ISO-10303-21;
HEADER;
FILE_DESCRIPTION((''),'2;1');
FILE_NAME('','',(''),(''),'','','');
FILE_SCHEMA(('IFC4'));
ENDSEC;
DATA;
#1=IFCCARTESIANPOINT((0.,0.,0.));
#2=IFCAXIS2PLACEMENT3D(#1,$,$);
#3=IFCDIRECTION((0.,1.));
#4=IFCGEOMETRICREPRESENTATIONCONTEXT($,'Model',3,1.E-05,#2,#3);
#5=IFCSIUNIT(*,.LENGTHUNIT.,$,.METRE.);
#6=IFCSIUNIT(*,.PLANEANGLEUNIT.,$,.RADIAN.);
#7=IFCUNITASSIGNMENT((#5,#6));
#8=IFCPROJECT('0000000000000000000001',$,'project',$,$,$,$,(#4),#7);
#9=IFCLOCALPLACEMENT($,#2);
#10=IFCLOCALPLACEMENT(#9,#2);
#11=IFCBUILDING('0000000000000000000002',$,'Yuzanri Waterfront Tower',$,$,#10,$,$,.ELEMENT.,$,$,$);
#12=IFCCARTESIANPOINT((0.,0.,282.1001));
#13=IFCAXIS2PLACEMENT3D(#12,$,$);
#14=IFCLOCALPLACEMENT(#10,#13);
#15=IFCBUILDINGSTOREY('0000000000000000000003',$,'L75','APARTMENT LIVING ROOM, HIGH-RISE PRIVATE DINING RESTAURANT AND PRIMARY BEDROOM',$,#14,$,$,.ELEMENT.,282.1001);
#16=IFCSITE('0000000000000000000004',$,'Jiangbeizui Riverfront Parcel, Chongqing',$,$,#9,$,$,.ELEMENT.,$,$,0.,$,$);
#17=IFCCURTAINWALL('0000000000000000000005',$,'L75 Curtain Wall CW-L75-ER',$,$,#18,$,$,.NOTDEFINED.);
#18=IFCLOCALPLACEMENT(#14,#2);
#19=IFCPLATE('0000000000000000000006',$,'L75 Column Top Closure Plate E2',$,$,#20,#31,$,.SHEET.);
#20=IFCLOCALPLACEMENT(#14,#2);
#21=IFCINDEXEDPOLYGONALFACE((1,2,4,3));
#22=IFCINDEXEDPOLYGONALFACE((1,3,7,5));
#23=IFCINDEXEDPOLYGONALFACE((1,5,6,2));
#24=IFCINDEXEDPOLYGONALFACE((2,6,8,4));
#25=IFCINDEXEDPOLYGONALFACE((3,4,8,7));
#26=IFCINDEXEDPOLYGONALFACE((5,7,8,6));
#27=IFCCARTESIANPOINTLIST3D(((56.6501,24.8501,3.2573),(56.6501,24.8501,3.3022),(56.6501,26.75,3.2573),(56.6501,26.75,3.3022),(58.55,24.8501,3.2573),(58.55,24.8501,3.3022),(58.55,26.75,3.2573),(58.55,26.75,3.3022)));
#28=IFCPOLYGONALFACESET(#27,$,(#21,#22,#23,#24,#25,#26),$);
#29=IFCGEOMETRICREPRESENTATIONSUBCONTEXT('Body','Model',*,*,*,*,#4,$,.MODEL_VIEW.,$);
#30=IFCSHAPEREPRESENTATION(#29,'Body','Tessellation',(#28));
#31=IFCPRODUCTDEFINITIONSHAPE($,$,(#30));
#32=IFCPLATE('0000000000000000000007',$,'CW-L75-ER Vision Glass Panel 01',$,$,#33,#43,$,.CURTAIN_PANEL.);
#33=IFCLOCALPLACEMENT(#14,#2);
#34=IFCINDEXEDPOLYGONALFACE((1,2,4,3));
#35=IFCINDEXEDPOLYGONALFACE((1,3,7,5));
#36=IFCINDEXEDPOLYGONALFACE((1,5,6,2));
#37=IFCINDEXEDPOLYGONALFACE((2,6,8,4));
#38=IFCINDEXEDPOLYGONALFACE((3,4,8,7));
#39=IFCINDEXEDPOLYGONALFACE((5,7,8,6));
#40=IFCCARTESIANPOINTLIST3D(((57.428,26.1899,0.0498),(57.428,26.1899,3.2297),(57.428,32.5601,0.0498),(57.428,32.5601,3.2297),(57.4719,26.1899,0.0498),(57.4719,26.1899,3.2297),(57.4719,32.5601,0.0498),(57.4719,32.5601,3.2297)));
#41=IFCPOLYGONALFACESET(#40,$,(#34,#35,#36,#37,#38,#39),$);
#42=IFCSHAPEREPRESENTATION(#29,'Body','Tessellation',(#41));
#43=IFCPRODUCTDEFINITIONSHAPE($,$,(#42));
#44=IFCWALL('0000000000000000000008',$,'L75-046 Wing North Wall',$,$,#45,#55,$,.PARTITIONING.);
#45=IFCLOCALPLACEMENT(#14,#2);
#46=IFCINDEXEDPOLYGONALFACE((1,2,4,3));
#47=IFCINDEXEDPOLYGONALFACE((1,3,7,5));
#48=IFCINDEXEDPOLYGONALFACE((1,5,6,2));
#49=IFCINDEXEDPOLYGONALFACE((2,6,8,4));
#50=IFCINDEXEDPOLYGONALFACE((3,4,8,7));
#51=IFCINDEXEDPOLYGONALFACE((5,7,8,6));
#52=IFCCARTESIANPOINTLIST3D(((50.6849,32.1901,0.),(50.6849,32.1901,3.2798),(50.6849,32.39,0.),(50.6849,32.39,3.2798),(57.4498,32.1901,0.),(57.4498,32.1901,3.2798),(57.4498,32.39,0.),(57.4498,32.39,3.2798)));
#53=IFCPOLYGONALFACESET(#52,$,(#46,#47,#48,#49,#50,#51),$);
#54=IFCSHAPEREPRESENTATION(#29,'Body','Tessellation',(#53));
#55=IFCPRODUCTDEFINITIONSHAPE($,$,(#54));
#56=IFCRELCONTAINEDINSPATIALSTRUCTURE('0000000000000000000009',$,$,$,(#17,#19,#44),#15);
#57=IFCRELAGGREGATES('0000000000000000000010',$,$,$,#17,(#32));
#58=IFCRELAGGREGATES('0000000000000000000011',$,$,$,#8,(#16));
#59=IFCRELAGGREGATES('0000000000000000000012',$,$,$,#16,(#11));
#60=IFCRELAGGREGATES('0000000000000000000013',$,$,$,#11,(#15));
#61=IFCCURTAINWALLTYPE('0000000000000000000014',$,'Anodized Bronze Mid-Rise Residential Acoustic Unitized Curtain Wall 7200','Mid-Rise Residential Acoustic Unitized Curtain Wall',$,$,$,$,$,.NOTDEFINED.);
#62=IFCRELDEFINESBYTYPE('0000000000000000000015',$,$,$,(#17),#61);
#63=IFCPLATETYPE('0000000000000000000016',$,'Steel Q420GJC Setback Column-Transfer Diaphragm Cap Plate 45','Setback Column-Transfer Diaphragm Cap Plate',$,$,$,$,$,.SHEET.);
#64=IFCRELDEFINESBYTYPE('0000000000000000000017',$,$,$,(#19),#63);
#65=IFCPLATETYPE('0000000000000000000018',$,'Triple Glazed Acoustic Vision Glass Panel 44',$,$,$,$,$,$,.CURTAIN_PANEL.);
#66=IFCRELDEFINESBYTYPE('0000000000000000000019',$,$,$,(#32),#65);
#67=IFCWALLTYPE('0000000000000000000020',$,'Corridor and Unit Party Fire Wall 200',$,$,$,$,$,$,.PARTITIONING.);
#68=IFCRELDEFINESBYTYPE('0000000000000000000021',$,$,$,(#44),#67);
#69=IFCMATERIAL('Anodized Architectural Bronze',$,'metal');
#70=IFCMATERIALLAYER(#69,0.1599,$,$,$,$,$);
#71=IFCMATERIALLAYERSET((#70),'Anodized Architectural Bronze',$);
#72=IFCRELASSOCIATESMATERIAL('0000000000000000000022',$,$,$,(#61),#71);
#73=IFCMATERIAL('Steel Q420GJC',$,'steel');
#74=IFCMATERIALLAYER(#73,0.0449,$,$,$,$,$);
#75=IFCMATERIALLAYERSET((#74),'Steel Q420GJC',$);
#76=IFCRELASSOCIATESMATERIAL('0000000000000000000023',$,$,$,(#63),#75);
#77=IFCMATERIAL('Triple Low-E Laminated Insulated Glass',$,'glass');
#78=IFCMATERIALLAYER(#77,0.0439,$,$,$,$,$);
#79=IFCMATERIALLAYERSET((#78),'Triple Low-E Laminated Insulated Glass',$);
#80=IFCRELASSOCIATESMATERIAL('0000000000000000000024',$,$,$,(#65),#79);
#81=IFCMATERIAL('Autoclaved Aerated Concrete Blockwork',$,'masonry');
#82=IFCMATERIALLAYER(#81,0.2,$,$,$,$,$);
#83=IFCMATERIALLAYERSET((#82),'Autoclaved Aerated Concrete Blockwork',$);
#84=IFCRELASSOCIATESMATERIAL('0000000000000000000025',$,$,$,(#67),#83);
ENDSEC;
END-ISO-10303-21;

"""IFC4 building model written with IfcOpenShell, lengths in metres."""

from ifc_helpers import new_model, si_unit, direction, frame, frame_2d, origin, origin_2d, place, context, subcontext, project, spatial, rectangle, extrude, source, transform, mapped, material, layer, layer_set, type_object, element, aggregate, save


model = new_model("IFC4")

# Units and contexts
model_context = context("Model", 3, precision=1e-05, world=origin(), true_north=direction((0.0, 1.0)))
body_context = subcontext(model_context, "Body", "Model", "MODEL_VIEW")
ifc_project = project(units=[si_unit("LENGTHUNIT", "METRE"), si_unit("PLANEANGLEUNIT", "RADIAN")], contexts=[model_context])

# Site, building, storey
site_placement = place(None, origin())
site = spatial("IfcSite", under=ifc_project, at=site_placement, Name="Jiangbeizui Riverfront Parcel, Chongqing", CompositionType="ELEMENT", RefElevation=0.0)
building_placement = place(site_placement, origin())
building = spatial("IfcBuilding", under=site, at=building_placement, Name="Yuzanri Waterfront Tower", CompositionType="ELEMENT")
storey_placement = place(building_placement, frame((0.0, 0.0, 282.1001)))
storey = spatial("IfcBuildingStorey", under=building, at=storey_placement, Name="L75", Description="APARTMENT LIVING ROOM, HIGH-RISE PRIVATE DINING RESTAURANT AND PRIMARY BEDROOM", CompositionType="ELEMENT", Elevation=282.1001)

# Curtain wall
ifc_material_1 = material(Name="Anodized Architectural Bronze", Category="metal")
ifc_layer_1 = layer(ifc_material_1, 0.1599)
ifc_layer_set_1 = layer_set([ifc_layer_1], Name="Anodized Architectural Bronze")
curtain_wall_type = type_object("IfcCurtainWallType", Name="Anodized Bronze Mid-Rise Residential Acoustic Unitized Curtain Wall 7200", Description="Mid-Rise Residential Acoustic Unitized Curtain Wall", PredefinedType="NOTDEFINED", material=ifc_layer_set_1)
curtain_wall_1_placement = place(storey_placement, origin())
curtain_wall_1 = element("IfcCurtainWall", 1, at=curtain_wall_1_placement, inside=storey, type_object=curtain_wall_type, Name="L75 Curtain Wall CW-L75-ER", PredefinedType="NOTDEFINED")

# Plates
ifc_material_2 = material(Name="Steel Q420GJC", Category="steel")
ifc_layer_2 = layer(ifc_material_2, 0.0449)
ifc_layer_set_2 = layer_set([ifc_layer_2], Name="Steel Q420GJC")
plate_type_1 = type_object("IfcPlateType", Name="Steel Q420GJC Setback Column-Transfer Diaphragm Cap Plate 45", Description="Setback Column-Transfer Diaphragm Cap Plate", PredefinedType="SHEET", material=ifc_layer_set_2)
shared_shape_1 = source(origin(), body_context, "Body", "SweptSolid", [
    extrude(rectangle(XDim=1.8999, YDim=1.8999, at=origin_2d()), origin(), (0.0, 0.0, 1.0), 0.0449),
])
plate_1_placement = place(storey_placement, frame((57.6001, 25.8, 3.2573), z_axis=(0.0, 0.0, 1.0), x_axis=(1.0, 0.0, 0.0)))
element("IfcPlate", 2, at=plate_1_placement, inside=storey, type_object=plate_type_1, Name="L75 Column Top Closure Plate E2", PredefinedType="SHEET", context=body_context, shape_type="MappedRepresentation", body=[
    mapped(shared_shape_1, transform((0.0, 0.0, 0.0), scale=1.0)),
])
ifc_material_3 = material(Name="Triple Low-E Laminated Insulated Glass", Category="glass")
ifc_layer_3 = layer(ifc_material_3, 0.0439)
ifc_layer_set_3 = layer_set([ifc_layer_3], Name="Triple Low-E Laminated Insulated Glass")
plate_type_2 = type_object("IfcPlateType", Name="Triple Glazed Acoustic Vision Glass Panel 44", PredefinedType="CURTAIN_PANEL", material=ifc_layer_set_3)
shared_shape_2 = source(origin(), body_context, "Body", "SweptSolid", [
    extrude(rectangle(XDim=6.3701, YDim=0.0439, at=origin_2d()), origin(), (0.0, 0.0, 1.0), 3.1799),
])
plate_2_placement = place(storey_placement, frame((57.45, 29.375, 0.0498), z_axis=(0.0, 0.0, 1.0), x_axis=(0.0, 1.0, 0.0)))
plate_2 = element("IfcPlate", 3, at=plate_2_placement, type_object=plate_type_2, Name="CW-L75-ER Vision Glass Panel 01", PredefinedType="CURTAIN_PANEL", context=body_context, shape_type="MappedRepresentation", body=[
    mapped(shared_shape_2, transform((0.0, 0.0, 0.0), scale=1.0)),
])
aggregate(curtain_wall_1, [plate_2])

# Wall
ifc_material_4 = material(Name="Autoclaved Aerated Concrete Blockwork", Category="masonry")
ifc_layer_4 = layer(ifc_material_4, 0.2)
ifc_layer_set_4 = layer_set([ifc_layer_4], Name="Autoclaved Aerated Concrete Blockwork")
wall_type = type_object("IfcWallType", Name="Corridor and Unit Party Fire Wall 200", PredefinedType="PARTITIONING", material=ifc_layer_set_4)
shared_shape_3 = source(origin(), body_context, "Body", "SweptSolid", [
    extrude(rectangle(XDim=6.7649, YDim=0.2, at=frame_2d((3.3823, 0.0))), origin(), (0.0, 0.0, 1.0), 3.2798),
])
wall_placement = place(storey_placement, frame((50.6851, 32.29, 0.0), z_axis=(0.0, 0.0, 1.0), x_axis=(1.0, 0.0, 0.0)))
element("IfcWall", 4, at=wall_placement, inside=storey, type_object=wall_type, Name="L75-046 Wing North Wall", PredefinedType="PARTITIONING", context=body_context, shape_type="MappedRepresentation", body=[
    mapped(shared_shape_3, transform((0.0, 0.0, 0.0), scale=1.0)),
])

save(model, "model.ifc")
